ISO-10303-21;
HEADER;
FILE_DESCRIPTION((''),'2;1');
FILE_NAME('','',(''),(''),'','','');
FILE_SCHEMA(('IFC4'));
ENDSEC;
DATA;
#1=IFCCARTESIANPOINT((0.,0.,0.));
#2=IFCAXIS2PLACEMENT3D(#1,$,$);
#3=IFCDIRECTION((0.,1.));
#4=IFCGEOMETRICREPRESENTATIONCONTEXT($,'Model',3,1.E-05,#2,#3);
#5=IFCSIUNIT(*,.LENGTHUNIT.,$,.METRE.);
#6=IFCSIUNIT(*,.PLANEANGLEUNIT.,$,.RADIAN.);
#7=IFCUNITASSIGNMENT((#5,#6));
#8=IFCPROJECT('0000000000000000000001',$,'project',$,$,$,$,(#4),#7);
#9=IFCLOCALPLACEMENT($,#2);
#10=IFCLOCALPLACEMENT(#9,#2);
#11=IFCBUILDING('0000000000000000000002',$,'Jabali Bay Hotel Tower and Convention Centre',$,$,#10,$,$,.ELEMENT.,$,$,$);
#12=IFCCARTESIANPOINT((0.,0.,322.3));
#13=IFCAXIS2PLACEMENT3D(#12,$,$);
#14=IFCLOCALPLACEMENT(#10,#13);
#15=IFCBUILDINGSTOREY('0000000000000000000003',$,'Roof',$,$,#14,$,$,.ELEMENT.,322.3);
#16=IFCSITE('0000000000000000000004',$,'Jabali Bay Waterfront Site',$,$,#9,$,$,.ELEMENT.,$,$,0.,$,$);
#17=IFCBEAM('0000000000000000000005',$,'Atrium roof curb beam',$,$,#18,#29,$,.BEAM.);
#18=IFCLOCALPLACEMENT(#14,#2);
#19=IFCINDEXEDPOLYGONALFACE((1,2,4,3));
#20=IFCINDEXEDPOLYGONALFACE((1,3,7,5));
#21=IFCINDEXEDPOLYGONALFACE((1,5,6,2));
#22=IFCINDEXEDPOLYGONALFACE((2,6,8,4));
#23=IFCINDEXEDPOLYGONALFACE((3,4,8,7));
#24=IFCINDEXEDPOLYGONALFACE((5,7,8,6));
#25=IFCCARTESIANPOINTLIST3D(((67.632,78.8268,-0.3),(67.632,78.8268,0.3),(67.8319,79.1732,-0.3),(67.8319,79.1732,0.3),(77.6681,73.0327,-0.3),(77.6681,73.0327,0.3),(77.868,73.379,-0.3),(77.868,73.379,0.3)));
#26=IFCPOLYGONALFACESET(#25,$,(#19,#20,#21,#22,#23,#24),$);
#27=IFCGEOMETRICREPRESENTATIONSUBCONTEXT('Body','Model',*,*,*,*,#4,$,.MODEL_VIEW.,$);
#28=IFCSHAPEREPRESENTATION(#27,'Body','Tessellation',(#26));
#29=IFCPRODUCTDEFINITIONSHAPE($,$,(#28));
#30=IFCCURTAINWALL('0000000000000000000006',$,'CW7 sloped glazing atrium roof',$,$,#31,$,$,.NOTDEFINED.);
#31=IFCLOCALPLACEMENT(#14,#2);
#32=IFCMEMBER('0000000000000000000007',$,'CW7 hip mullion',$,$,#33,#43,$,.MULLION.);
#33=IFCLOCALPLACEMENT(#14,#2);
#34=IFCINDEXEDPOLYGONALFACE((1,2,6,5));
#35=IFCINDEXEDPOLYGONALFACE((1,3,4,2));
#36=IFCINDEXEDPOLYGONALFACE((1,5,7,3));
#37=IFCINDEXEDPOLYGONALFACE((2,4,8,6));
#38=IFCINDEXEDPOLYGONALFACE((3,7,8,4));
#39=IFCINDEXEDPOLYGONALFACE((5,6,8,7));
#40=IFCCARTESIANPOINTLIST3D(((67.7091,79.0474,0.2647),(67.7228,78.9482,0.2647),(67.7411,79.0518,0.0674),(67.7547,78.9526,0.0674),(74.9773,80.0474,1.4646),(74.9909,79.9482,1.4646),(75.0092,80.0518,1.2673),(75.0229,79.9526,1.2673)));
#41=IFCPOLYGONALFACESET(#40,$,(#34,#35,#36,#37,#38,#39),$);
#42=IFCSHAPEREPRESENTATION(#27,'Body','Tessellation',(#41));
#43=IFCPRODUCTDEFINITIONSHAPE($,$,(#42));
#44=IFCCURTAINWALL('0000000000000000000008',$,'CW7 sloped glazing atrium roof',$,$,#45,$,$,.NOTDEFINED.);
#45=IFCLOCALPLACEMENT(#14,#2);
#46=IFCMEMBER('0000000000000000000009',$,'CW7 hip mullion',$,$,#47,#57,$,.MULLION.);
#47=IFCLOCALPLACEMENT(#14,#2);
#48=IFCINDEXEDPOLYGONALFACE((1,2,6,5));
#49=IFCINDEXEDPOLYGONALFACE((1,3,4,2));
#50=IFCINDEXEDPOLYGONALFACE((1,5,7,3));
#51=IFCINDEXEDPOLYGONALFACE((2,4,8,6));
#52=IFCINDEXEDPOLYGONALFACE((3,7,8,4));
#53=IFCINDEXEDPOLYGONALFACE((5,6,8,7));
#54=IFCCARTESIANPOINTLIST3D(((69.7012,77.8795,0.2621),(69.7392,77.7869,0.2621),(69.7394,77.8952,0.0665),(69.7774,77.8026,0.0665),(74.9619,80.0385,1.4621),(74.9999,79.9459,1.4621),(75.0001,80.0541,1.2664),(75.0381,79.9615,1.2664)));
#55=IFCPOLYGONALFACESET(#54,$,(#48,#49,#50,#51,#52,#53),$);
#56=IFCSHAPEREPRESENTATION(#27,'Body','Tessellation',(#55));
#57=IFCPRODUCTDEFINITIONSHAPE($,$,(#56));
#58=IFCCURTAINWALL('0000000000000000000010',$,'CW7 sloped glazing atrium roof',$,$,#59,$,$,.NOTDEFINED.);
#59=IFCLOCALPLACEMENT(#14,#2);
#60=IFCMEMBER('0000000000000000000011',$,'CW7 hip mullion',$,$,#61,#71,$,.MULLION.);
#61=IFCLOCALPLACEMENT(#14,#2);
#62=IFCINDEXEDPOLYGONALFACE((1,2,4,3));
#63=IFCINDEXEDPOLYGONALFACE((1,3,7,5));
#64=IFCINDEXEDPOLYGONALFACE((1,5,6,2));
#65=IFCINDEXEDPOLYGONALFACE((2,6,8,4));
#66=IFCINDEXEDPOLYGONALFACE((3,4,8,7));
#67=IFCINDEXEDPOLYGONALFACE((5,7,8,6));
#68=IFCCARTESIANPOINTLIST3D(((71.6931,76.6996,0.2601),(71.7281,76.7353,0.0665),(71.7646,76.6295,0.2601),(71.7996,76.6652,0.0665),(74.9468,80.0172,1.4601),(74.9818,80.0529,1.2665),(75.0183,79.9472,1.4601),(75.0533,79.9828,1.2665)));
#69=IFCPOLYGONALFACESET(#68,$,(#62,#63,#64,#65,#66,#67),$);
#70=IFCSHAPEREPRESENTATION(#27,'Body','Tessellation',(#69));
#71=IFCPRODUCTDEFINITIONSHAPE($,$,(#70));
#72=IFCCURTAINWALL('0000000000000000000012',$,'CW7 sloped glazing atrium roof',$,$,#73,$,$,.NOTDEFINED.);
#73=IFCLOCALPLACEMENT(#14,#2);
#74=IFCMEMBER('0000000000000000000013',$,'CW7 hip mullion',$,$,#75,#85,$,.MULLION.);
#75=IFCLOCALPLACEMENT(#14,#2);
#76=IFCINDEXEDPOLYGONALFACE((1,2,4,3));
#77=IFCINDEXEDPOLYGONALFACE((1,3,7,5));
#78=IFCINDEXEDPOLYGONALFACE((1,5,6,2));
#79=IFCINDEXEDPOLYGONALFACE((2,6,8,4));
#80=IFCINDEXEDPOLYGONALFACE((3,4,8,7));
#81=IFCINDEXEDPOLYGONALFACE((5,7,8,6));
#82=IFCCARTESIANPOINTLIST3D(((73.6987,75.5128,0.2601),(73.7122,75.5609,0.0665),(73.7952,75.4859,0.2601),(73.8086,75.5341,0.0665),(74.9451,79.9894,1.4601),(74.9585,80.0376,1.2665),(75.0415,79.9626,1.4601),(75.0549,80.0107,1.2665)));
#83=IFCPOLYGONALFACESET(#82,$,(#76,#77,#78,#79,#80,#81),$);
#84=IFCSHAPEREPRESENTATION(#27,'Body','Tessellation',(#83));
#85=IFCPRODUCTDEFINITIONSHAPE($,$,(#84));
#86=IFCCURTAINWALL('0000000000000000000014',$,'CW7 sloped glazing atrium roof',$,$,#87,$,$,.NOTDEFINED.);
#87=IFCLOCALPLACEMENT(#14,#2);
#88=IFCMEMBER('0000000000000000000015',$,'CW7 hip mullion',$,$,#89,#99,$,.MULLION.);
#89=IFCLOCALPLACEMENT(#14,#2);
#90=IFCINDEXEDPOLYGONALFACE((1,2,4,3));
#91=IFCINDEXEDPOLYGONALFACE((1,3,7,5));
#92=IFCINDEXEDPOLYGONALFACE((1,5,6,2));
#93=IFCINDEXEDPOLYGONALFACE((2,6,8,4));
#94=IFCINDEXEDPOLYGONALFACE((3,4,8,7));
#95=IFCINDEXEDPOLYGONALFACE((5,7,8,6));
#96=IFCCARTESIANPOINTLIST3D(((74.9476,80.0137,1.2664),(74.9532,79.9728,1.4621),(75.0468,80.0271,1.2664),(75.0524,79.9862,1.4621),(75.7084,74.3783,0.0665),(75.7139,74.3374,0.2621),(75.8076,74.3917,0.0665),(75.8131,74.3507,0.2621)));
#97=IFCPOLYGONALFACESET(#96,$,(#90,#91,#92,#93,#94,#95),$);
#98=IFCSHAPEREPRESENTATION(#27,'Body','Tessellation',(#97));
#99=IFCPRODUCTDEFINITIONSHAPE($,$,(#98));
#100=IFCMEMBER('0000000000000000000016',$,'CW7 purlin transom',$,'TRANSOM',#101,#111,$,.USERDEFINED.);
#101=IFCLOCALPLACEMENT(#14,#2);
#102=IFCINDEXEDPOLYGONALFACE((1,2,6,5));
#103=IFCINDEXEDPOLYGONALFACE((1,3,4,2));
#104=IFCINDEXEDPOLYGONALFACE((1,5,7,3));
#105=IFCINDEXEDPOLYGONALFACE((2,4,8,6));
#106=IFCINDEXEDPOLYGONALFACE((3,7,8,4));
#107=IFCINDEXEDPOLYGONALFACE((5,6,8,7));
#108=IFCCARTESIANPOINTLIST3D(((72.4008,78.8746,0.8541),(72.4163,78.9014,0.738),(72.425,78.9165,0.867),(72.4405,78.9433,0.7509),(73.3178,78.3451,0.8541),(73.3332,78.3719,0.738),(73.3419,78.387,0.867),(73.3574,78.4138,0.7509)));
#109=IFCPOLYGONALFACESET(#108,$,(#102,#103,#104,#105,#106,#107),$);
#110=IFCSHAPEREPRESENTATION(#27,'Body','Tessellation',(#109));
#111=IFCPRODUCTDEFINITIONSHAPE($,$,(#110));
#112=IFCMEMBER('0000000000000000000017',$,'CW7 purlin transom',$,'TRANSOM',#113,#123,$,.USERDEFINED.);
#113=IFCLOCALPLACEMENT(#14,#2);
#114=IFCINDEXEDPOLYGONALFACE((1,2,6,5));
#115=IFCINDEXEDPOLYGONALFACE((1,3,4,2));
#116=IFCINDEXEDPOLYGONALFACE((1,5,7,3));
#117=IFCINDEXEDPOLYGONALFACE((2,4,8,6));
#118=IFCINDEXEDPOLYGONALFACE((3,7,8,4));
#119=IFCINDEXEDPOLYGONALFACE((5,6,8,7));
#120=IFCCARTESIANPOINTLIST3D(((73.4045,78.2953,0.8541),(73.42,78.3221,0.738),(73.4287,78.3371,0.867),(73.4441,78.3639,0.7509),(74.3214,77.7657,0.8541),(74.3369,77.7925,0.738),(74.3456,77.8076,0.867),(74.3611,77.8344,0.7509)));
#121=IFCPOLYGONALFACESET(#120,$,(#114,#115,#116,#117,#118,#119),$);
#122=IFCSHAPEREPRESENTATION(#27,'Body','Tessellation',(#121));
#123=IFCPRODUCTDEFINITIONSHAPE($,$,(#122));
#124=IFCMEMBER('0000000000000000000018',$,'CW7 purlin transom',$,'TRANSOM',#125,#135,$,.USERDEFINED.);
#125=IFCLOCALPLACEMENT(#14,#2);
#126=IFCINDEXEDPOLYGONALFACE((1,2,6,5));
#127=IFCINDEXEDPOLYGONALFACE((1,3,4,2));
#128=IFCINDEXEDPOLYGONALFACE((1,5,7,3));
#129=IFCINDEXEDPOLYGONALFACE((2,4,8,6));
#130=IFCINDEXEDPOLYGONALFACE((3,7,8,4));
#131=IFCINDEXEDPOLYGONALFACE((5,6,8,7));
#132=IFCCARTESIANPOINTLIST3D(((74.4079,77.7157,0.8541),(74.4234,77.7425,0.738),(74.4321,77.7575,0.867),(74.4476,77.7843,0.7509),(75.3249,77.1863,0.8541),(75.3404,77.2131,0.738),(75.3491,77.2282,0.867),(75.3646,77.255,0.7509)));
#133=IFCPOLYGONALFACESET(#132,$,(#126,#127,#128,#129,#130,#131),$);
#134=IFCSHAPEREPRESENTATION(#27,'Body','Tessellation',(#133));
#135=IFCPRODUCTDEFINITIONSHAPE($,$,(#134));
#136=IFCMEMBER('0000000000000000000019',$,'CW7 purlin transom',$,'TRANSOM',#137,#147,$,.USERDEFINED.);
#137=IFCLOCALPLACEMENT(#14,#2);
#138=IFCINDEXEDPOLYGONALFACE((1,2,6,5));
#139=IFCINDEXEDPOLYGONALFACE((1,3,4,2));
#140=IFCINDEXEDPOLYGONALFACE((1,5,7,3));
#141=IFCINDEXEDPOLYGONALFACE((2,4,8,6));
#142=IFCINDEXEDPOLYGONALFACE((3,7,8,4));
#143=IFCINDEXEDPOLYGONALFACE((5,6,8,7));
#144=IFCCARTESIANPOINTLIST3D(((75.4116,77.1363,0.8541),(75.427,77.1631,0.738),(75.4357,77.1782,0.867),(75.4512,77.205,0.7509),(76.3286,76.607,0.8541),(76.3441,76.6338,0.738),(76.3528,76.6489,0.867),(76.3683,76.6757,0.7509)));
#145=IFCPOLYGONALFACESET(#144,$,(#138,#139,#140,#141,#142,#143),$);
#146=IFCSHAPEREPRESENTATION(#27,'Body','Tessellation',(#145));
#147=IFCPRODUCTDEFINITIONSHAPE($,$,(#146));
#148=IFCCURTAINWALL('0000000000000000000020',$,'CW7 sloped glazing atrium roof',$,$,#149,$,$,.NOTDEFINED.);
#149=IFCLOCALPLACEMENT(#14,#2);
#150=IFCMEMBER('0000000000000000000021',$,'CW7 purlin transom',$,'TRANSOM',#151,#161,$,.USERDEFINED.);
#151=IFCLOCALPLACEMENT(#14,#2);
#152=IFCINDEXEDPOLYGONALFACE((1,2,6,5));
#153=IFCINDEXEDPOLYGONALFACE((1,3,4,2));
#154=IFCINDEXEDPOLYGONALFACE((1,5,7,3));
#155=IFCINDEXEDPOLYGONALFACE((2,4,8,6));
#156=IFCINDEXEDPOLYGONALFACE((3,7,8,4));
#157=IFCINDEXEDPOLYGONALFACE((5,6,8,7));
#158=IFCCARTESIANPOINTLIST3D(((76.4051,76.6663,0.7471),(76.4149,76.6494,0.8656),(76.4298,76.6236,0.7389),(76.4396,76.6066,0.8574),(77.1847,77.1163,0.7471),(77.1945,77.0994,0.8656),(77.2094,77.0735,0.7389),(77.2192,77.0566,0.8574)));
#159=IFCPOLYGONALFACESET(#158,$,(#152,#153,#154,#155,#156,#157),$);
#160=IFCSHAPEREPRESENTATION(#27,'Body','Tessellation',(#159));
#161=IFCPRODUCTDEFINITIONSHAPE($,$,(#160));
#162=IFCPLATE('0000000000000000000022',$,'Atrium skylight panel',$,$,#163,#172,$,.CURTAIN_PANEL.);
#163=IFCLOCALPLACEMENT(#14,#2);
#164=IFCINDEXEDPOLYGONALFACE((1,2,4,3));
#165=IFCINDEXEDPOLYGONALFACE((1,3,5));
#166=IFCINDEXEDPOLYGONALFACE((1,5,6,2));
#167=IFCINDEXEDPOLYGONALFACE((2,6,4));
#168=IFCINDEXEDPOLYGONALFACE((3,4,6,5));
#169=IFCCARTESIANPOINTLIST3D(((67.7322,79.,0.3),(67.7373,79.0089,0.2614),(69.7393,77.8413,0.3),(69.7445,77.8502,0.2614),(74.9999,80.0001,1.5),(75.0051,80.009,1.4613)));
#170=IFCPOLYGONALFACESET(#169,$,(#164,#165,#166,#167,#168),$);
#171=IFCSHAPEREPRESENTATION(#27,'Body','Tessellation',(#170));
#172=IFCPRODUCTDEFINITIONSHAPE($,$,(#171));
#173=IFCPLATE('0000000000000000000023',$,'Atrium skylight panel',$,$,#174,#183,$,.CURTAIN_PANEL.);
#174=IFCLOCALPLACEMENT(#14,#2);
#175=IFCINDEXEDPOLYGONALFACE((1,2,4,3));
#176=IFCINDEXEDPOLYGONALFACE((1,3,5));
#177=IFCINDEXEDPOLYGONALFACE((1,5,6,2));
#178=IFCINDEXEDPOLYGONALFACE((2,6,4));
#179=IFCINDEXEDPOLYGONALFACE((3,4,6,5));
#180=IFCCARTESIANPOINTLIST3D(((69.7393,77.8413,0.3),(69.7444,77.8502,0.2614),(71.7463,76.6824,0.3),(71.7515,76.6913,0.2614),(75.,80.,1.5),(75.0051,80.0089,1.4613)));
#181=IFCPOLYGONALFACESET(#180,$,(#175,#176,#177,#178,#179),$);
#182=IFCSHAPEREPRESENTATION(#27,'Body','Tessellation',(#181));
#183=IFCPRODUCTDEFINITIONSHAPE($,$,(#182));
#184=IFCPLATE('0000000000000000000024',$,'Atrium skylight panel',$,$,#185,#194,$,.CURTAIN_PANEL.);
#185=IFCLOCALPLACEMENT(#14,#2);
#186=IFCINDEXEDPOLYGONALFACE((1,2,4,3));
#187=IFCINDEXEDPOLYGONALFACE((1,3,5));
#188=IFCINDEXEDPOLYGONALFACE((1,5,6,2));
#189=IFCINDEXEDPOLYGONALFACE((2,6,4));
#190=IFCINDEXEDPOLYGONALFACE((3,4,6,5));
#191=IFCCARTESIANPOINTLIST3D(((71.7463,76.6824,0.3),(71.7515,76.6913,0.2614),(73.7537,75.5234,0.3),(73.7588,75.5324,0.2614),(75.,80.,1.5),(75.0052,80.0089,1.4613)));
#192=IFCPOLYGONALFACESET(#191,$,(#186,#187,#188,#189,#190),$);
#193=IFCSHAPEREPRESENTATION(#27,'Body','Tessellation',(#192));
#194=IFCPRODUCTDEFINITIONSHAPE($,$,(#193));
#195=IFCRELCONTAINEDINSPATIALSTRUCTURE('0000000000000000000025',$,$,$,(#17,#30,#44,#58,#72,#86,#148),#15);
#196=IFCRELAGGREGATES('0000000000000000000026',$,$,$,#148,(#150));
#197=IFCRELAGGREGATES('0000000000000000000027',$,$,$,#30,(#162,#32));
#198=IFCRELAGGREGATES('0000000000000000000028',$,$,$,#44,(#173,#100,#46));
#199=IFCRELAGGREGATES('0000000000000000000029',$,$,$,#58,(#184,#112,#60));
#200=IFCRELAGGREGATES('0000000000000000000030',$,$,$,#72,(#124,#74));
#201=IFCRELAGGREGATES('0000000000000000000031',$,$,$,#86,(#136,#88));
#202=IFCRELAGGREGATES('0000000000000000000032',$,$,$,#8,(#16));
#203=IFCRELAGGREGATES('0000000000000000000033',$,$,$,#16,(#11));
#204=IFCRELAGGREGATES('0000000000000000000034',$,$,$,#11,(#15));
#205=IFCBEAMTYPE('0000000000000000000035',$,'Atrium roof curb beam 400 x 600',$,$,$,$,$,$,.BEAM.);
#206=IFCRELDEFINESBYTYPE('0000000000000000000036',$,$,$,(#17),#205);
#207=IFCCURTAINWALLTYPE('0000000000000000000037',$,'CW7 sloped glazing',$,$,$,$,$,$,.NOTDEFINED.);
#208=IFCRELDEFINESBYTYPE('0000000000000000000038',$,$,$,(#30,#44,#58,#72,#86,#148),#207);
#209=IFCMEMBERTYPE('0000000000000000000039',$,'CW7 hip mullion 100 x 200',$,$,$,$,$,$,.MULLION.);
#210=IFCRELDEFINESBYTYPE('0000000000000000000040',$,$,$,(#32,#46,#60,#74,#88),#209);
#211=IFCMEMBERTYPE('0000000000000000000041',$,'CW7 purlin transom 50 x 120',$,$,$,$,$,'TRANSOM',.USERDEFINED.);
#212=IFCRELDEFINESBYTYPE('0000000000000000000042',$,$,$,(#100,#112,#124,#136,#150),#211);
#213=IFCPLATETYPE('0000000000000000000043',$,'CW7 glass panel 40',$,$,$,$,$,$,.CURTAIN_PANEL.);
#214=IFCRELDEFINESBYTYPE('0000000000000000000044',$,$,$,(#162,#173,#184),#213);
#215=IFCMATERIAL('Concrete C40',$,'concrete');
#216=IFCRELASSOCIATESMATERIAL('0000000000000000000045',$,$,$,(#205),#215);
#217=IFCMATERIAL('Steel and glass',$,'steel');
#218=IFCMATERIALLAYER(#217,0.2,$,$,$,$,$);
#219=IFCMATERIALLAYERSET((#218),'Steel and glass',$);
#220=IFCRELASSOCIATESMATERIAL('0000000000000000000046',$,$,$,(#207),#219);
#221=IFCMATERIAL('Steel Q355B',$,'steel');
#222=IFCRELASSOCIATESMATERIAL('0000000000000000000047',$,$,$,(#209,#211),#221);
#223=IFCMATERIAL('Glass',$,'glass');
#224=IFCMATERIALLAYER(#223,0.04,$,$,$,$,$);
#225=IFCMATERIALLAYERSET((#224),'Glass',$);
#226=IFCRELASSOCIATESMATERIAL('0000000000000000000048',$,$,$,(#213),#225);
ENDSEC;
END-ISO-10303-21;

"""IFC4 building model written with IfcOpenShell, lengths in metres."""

from ifc_helpers import new_model, si_unit, direction, frame, origin, origin_2d, place, context, subcontext, project, spatial, polyline, rectangle, outline, extrude, material, layer, layer_set, material_profile, profile_set, type_object, element, aggregate, save


model = new_model("IFC4")

# Units and contexts
model_context = context("Model", 3, precision=1e-05, world=origin(), true_north=direction((0.0, 1.0)))
body_context = subcontext(model_context, "Body", "Model", "MODEL_VIEW")
ifc_project = project(units=[si_unit("LENGTHUNIT", "METRE"), si_unit("PLANEANGLEUNIT", "RADIAN")], contexts=[model_context])

# Site, building, storey
site_placement = place(None, origin())
site = spatial("IfcSite", under=ifc_project, at=site_placement, Name="Jabali Bay Waterfront Site", CompositionType="ELEMENT", RefElevation=0.0)
building_placement = place(site_placement, origin())
building = spatial("IfcBuilding", under=site, at=building_placement, Name="Jabali Bay Hotel Tower and Convention Centre", CompositionType="ELEMENT")
storey_placement = place(building_placement, frame((0.0, 0.0, 322.3)))
storey = spatial("IfcBuildingStorey", under=building, at=storey_placement, Name="Roof", CompositionType="ELEMENT", Elevation=322.3)

# Beam
ifc_material_1 = material(Name="Concrete C40", Category="concrete")
ifc_material_profile_1 = material_profile(ifc_material_1, rectangle(XDim=0.3999, YDim=0.6001, at=origin_2d()), Name="Atrium roof curb beam 400 x 600")
ifc_profile_set_1 = profile_set([ifc_material_profile_1], Name="Concrete C40")
beam_type = type_object("IfcBeamType", Name="Atrium roof curb beam 400 x 600", PredefinedType="BEAM", material=ifc_profile_set_1)
beam_placement = place(storey_placement, frame((67.7319, 79.0, 0.0), z_axis=(0.866032, -0.499989, 0.0), x_axis=(0.499989, 0.866032, 0.0)))
element("IfcBeam", 1, at=beam_placement, inside=storey, type_object=beam_type, Name="Atrium roof curb beam", PredefinedType="BEAM", context=body_context, shape_type="SweptSolid", body=[
    extrude(rectangle(XDim=0.3999, YDim=0.6001, at=origin_2d()), origin(), (0.0, 0.0, 1.0), 11.5886),
])

# Curtain walls, members
ifc_material_2 = material(Name="Steel and glass", Category="steel")
ifc_layer_1 = layer(ifc_material_2, 0.2)
ifc_layer_set_1 = layer_set([ifc_layer_1], Name="Steel and glass")
curtain_wall_type = type_object("IfcCurtainWallType", Name="CW7 sloped glazing", PredefinedType="NOTDEFINED", material=ifc_layer_set_1)
curtain_wall_1_placement = place(storey_placement, origin())
curtain_wall_1 = element("IfcCurtainWall", 2, at=curtain_wall_1_placement, inside=storey, type_object=curtain_wall_type, Name="CW7 sloped glazing atrium roof", PredefinedType="NOTDEFINED")
ifc_material_3 = material(Name="Steel Q355B", Category="steel")
ifc_material_profile_2 = material_profile(ifc_material_3, rectangle(XDim=0.1001, YDim=0.2, at=origin_2d()), Name="CW7 hip mullion 100 x 200")
ifc_profile_set_2 = profile_set([ifc_material_profile_2], Name="Steel Q355B")
member_type_1 = type_object("IfcMemberType", Name="CW7 hip mullion 100 x 200", PredefinedType="MULLION", material=ifc_profile_set_2)
member_1_placement = place(storey_placement, frame((67.7319, 79.0, 0.166), z_axis=(0.977676, 0.134517, 0.161413), x_axis=(-0.136304, 0.990667, 0.0)))
member_1 = element("IfcMember", 3, at=member_1_placement, type_object=member_type_1, Name="CW7 hip mullion", PredefinedType="MULLION", context=body_context, shape_type="SweptSolid", body=[
    extrude(rectangle(XDim=0.1001, YDim=0.2, at=origin_2d()), origin(), (0.0, 0.0, 1.0), 7.4341),
])
curtain_wall_2_placement = place(storey_placement, origin())
curtain_wall_2 = element("IfcCurtainWall", 4, at=curtain_wall_2_placement, inside=storey, type_object=curtain_wall_type, Name="CW7 sloped glazing atrium roof", PredefinedType="NOTDEFINED")
member_2_placement = place(storey_placement, frame((69.7393, 77.8411, 0.1643), z_axis=(0.905193, 0.371478, 0.20647), x_axis=(-0.379659, 0.925126, 0.0)))
member_2 = element("IfcMember", 5, at=member_2_placement, type_object=member_type_1, Name="CW7 hip mullion", PredefinedType="MULLION", context=body_context, shape_type="SweptSolid", body=[
    extrude(rectangle(XDim=0.1001, YDim=0.2, at=origin_2d()), origin(), (0.0, 0.0, 1.0), 5.8118),
])
curtain_wall_3_placement = place(storey_placement, origin())
curtain_wall_3 = element("IfcCurtainWall", 6, at=curtain_wall_3_placement, inside=storey, type_object=curtain_wall_type, Name="CW7 sloped glazing atrium roof", PredefinedType="NOTDEFINED")
member_3_placement = place(storey_placement, frame((71.7463, 76.6824, 0.1633), z_axis=(0.677951, 0.69128, 0.250029), x_axis=(-0.713956, 0.700191, 0.0)))
member_3 = element("IfcMember", 7, at=member_3_placement, type_object=member_type_1, Name="CW7 hip mullion", PredefinedType="MULLION", context=body_context, shape_type="SweptSolid", body=[
    extrude(rectangle(XDim=0.1001, YDim=0.2, at=origin_2d()), origin(), (0.0, 0.0, 1.0), 4.7993),
])
curtain_wall_4_placement = place(storey_placement, origin())
curtain_wall_4 = element("IfcCurtainWall", 8, at=curtain_wall_4_placement, inside=storey, type_object=curtain_wall_type, Name="CW7 sloped glazing atrium roof", PredefinedType="NOTDEFINED")
member_4_placement = place(storey_placement, frame((73.7537, 75.5234, 0.1633), z_axis=(0.259694, 0.932762, 0.250029), x_axis=(-0.96336, 0.268213, 0.0)))
member_4 = element("IfcMember", 9, at=member_4_placement, type_object=member_type_1, Name="CW7 hip mullion", PredefinedType="MULLION", context=body_context, shape_type="SweptSolid", body=[
    extrude(rectangle(XDim=0.1001, YDim=0.2, at=origin_2d()), origin(), (0.0, 0.0, 1.0), 4.7993),
])
curtain_wall_5_placement = place(storey_placement, origin())
curtain_wall_5 = element("IfcCurtainWall", 10, at=curtain_wall_5_placement, inside=storey, type_object=curtain_wall_type, Name="CW7 sloped glazing atrium roof", PredefinedType="NOTDEFINED")
member_5_placement = place(storey_placement, frame((75.7607, 74.3645, 0.1643), z_axis=(-0.130895, 0.969659, 0.206467), x_axis=(-0.991011, -0.133778, 0.0)))
member_5 = element("IfcMember", 11, at=member_5_placement, type_object=member_type_1, Name="CW7 hip mullion", PredefinedType="MULLION", context=body_context, shape_type="SweptSolid", body=[
    extrude(rectangle(XDim=0.1001, YDim=0.2, at=origin_2d()), origin(), (0.0, 0.0, 1.0), 5.8118),
])

# Members
ifc_material_profile_3 = material_profile(ifc_material_3, rectangle(XDim=0.05, YDim=0.1201, at=origin_2d()), Name="CW7 purlin transom 50 x 120")
ifc_profile_set_3 = profile_set([ifc_material_profile_3], Name="Steel Q355B")
member_type_2 = type_object("IfcMemberType", Name="CW7 purlin transom 50 x 120", ElementType="TRANSOM", PredefinedType="USERDEFINED", material=ifc_profile_set_3)
member_6_placement = place(storey_placement, frame((72.4207, 78.9089, 0.8025), z_axis=(0.865978, -0.500082, 0.0), x_axis=(0.483196, 0.836738, 0.257662)))
member_6 = element("IfcMember", 12, at=member_6_placement, type_object=member_type_2, Name="CW7 purlin transom", ObjectType="TRANSOM", PredefinedType="USERDEFINED", context=body_context, shape_type="SweptSolid", body=[
    extrude(rectangle(XDim=0.05, YDim=0.1201, at=origin_2d()), origin(), (0.0, 0.0, 1.0), 1.0588),
])
member_7_placement = place(storey_placement, frame((73.4243, 78.3296, 0.8025), z_axis=(0.865978, -0.500082, 0.0), x_axis=(0.483196, 0.836738, 0.257662)))
member_7 = element("IfcMember", 13, at=member_7_placement, type_object=member_type_2, Name="CW7 purlin transom", ObjectType="TRANSOM", PredefinedType="USERDEFINED", context=body_context, shape_type="SweptSolid", body=[
    extrude(rectangle(XDim=0.05, YDim=0.1201, at=origin_2d()), origin(), (0.0, 0.0, 1.0), 1.0588),
])
member_8_placement = place(storey_placement, frame((74.4277, 77.75, 0.8025), z_axis=(0.866078, -0.499909, 0.0), x_axis=(0.483029, 0.836835, 0.257662)))
member_8 = element("IfcMember", 14, at=member_8_placement, type_object=member_type_2, Name="CW7 purlin transom", ObjectType="TRANSOM", PredefinedType="USERDEFINED", context=body_context, shape_type="SweptSolid", body=[
    extrude(rectangle(XDim=0.05, YDim=0.1201, at=origin_2d()), origin(), (0.0, 0.0, 1.0), 1.0588),
])
member_9_placement = place(storey_placement, frame((75.4314, 77.1707, 0.8025), z_axis=(0.866078, -0.499909, 0.0), x_axis=(0.483029, 0.836835, 0.257662)))
member_9 = element("IfcMember", 15, at=member_9_placement, type_object=member_type_2, Name="CW7 purlin transom", ObjectType="TRANSOM", PredefinedType="USERDEFINED", context=body_context, shape_type="SweptSolid", body=[
    extrude(rectangle(XDim=0.05, YDim=0.1201, at=origin_2d()), origin(), (0.0, 0.0, 1.0), 1.0588),
])

# Curtain wall, member
curtain_wall_6_placement = place(storey_placement, origin())
curtain_wall_6 = element("IfcCurtainWall", 16, at=curtain_wall_6_placement, inside=storey, type_object=curtain_wall_type, Name="CW7 sloped glazing atrium roof", PredefinedType="NOTDEFINED")
member_10_placement = place(storey_placement, frame((76.4224, 76.6365, 0.8022), z_axis=(0.866082, 0.499902, 0.0), x_axis=(-0.493225, 0.854513, 0.162902)))
member_10 = element("IfcMember", 17, at=member_10_placement, type_object=member_type_2, Name="CW7 purlin transom", ObjectType="TRANSOM", PredefinedType="USERDEFINED", context=body_context, shape_type="SweptSolid", body=[
    extrude(rectangle(XDim=0.05, YDim=0.1201, at=origin_2d()), origin(), (0.0, 0.0, 1.0), 0.9001),
])
aggregate(curtain_wall_6, [member_10])

# Plates
ifc_material_4 = material(Name="Glass", Category="glass")
ifc_layer_2 = layer(ifc_material_4, 0.04)
ifc_layer_set_2 = layer_set([ifc_layer_2], Name="Glass")
plate_type = type_object("IfcPlateType", Name="CW7 glass panel 40", PredefinedType="CURTAIN_PANEL", material=ifc_layer_set_2)
plate_1_placement = place(storey_placement, frame((67.7322, 79.0, 0.3), z_axis=(-0.128826, -0.223151, 0.966234), x_axis=(0.866043, -0.499969, 0.0)))
plate_1 = element("IfcPlate", 18, at=plate_1_placement, type_object=plate_type, Name="Atrium skylight panel", PredefinedType="CURTAIN_PANEL", context=body_context, shape_type="SweptSolid", body=[
    extrude(outline(polyline([(0.0, 0.0), (2.3176, 0.0), (5.7942, 4.657), (0.0, 0.0)])), origin(), (0.0, 0.0, -1.0), 0.04),
])
aggregate(curtain_wall_1, [plate_1, member_1])
plate_2_placement = place(storey_placement, frame((69.7393, 77.8413, 0.3), z_axis=(-0.128838, -0.223125, 0.966238), x_axis=(0.865998, -0.500048, 0.0)))
plate_2 = element("IfcPlate", 19, at=plate_2_placement, type_object=plate_type, Name="Atrium skylight panel", PredefinedType="CURTAIN_PANEL", context=body_context, shape_type="SweptSolid", body=[
    extrude(outline(polyline([(0.0, 0.0), (2.3176, 0.0), (3.4763, 4.6572), (0.0, 0.0)])), origin(), (0.0, 0.0, -1.0), 0.04),
])
aggregate(curtain_wall_2, [plate_2, member_6, member_2])
plate_3_placement = place(storey_placement, frame((71.7463, 76.6824, 0.3), z_axis=(-0.128827, -0.223134, 0.966237), x_axis=(0.866024, -0.500002, 0.0)))
plate_3 = element("IfcPlate", 20, at=plate_3_placement, type_object=plate_type, Name="Atrium skylight panel", PredefinedType="CURTAIN_PANEL", context=body_context, shape_type="SweptSolid", body=[
    extrude(outline(polyline([(0.0, 0.0), (2.3179, 0.0), (1.1589, 4.6572), (0.0, 0.0)])), origin(), (0.0, 0.0, -1.0), 0.04),
])
aggregate(curtain_wall_3, [plate_3, member_7, member_3])
aggregate(curtain_wall_4, [member_8, member_4])
aggregate(curtain_wall_5, [member_9, member_5])

save(model, "model.ifc")
